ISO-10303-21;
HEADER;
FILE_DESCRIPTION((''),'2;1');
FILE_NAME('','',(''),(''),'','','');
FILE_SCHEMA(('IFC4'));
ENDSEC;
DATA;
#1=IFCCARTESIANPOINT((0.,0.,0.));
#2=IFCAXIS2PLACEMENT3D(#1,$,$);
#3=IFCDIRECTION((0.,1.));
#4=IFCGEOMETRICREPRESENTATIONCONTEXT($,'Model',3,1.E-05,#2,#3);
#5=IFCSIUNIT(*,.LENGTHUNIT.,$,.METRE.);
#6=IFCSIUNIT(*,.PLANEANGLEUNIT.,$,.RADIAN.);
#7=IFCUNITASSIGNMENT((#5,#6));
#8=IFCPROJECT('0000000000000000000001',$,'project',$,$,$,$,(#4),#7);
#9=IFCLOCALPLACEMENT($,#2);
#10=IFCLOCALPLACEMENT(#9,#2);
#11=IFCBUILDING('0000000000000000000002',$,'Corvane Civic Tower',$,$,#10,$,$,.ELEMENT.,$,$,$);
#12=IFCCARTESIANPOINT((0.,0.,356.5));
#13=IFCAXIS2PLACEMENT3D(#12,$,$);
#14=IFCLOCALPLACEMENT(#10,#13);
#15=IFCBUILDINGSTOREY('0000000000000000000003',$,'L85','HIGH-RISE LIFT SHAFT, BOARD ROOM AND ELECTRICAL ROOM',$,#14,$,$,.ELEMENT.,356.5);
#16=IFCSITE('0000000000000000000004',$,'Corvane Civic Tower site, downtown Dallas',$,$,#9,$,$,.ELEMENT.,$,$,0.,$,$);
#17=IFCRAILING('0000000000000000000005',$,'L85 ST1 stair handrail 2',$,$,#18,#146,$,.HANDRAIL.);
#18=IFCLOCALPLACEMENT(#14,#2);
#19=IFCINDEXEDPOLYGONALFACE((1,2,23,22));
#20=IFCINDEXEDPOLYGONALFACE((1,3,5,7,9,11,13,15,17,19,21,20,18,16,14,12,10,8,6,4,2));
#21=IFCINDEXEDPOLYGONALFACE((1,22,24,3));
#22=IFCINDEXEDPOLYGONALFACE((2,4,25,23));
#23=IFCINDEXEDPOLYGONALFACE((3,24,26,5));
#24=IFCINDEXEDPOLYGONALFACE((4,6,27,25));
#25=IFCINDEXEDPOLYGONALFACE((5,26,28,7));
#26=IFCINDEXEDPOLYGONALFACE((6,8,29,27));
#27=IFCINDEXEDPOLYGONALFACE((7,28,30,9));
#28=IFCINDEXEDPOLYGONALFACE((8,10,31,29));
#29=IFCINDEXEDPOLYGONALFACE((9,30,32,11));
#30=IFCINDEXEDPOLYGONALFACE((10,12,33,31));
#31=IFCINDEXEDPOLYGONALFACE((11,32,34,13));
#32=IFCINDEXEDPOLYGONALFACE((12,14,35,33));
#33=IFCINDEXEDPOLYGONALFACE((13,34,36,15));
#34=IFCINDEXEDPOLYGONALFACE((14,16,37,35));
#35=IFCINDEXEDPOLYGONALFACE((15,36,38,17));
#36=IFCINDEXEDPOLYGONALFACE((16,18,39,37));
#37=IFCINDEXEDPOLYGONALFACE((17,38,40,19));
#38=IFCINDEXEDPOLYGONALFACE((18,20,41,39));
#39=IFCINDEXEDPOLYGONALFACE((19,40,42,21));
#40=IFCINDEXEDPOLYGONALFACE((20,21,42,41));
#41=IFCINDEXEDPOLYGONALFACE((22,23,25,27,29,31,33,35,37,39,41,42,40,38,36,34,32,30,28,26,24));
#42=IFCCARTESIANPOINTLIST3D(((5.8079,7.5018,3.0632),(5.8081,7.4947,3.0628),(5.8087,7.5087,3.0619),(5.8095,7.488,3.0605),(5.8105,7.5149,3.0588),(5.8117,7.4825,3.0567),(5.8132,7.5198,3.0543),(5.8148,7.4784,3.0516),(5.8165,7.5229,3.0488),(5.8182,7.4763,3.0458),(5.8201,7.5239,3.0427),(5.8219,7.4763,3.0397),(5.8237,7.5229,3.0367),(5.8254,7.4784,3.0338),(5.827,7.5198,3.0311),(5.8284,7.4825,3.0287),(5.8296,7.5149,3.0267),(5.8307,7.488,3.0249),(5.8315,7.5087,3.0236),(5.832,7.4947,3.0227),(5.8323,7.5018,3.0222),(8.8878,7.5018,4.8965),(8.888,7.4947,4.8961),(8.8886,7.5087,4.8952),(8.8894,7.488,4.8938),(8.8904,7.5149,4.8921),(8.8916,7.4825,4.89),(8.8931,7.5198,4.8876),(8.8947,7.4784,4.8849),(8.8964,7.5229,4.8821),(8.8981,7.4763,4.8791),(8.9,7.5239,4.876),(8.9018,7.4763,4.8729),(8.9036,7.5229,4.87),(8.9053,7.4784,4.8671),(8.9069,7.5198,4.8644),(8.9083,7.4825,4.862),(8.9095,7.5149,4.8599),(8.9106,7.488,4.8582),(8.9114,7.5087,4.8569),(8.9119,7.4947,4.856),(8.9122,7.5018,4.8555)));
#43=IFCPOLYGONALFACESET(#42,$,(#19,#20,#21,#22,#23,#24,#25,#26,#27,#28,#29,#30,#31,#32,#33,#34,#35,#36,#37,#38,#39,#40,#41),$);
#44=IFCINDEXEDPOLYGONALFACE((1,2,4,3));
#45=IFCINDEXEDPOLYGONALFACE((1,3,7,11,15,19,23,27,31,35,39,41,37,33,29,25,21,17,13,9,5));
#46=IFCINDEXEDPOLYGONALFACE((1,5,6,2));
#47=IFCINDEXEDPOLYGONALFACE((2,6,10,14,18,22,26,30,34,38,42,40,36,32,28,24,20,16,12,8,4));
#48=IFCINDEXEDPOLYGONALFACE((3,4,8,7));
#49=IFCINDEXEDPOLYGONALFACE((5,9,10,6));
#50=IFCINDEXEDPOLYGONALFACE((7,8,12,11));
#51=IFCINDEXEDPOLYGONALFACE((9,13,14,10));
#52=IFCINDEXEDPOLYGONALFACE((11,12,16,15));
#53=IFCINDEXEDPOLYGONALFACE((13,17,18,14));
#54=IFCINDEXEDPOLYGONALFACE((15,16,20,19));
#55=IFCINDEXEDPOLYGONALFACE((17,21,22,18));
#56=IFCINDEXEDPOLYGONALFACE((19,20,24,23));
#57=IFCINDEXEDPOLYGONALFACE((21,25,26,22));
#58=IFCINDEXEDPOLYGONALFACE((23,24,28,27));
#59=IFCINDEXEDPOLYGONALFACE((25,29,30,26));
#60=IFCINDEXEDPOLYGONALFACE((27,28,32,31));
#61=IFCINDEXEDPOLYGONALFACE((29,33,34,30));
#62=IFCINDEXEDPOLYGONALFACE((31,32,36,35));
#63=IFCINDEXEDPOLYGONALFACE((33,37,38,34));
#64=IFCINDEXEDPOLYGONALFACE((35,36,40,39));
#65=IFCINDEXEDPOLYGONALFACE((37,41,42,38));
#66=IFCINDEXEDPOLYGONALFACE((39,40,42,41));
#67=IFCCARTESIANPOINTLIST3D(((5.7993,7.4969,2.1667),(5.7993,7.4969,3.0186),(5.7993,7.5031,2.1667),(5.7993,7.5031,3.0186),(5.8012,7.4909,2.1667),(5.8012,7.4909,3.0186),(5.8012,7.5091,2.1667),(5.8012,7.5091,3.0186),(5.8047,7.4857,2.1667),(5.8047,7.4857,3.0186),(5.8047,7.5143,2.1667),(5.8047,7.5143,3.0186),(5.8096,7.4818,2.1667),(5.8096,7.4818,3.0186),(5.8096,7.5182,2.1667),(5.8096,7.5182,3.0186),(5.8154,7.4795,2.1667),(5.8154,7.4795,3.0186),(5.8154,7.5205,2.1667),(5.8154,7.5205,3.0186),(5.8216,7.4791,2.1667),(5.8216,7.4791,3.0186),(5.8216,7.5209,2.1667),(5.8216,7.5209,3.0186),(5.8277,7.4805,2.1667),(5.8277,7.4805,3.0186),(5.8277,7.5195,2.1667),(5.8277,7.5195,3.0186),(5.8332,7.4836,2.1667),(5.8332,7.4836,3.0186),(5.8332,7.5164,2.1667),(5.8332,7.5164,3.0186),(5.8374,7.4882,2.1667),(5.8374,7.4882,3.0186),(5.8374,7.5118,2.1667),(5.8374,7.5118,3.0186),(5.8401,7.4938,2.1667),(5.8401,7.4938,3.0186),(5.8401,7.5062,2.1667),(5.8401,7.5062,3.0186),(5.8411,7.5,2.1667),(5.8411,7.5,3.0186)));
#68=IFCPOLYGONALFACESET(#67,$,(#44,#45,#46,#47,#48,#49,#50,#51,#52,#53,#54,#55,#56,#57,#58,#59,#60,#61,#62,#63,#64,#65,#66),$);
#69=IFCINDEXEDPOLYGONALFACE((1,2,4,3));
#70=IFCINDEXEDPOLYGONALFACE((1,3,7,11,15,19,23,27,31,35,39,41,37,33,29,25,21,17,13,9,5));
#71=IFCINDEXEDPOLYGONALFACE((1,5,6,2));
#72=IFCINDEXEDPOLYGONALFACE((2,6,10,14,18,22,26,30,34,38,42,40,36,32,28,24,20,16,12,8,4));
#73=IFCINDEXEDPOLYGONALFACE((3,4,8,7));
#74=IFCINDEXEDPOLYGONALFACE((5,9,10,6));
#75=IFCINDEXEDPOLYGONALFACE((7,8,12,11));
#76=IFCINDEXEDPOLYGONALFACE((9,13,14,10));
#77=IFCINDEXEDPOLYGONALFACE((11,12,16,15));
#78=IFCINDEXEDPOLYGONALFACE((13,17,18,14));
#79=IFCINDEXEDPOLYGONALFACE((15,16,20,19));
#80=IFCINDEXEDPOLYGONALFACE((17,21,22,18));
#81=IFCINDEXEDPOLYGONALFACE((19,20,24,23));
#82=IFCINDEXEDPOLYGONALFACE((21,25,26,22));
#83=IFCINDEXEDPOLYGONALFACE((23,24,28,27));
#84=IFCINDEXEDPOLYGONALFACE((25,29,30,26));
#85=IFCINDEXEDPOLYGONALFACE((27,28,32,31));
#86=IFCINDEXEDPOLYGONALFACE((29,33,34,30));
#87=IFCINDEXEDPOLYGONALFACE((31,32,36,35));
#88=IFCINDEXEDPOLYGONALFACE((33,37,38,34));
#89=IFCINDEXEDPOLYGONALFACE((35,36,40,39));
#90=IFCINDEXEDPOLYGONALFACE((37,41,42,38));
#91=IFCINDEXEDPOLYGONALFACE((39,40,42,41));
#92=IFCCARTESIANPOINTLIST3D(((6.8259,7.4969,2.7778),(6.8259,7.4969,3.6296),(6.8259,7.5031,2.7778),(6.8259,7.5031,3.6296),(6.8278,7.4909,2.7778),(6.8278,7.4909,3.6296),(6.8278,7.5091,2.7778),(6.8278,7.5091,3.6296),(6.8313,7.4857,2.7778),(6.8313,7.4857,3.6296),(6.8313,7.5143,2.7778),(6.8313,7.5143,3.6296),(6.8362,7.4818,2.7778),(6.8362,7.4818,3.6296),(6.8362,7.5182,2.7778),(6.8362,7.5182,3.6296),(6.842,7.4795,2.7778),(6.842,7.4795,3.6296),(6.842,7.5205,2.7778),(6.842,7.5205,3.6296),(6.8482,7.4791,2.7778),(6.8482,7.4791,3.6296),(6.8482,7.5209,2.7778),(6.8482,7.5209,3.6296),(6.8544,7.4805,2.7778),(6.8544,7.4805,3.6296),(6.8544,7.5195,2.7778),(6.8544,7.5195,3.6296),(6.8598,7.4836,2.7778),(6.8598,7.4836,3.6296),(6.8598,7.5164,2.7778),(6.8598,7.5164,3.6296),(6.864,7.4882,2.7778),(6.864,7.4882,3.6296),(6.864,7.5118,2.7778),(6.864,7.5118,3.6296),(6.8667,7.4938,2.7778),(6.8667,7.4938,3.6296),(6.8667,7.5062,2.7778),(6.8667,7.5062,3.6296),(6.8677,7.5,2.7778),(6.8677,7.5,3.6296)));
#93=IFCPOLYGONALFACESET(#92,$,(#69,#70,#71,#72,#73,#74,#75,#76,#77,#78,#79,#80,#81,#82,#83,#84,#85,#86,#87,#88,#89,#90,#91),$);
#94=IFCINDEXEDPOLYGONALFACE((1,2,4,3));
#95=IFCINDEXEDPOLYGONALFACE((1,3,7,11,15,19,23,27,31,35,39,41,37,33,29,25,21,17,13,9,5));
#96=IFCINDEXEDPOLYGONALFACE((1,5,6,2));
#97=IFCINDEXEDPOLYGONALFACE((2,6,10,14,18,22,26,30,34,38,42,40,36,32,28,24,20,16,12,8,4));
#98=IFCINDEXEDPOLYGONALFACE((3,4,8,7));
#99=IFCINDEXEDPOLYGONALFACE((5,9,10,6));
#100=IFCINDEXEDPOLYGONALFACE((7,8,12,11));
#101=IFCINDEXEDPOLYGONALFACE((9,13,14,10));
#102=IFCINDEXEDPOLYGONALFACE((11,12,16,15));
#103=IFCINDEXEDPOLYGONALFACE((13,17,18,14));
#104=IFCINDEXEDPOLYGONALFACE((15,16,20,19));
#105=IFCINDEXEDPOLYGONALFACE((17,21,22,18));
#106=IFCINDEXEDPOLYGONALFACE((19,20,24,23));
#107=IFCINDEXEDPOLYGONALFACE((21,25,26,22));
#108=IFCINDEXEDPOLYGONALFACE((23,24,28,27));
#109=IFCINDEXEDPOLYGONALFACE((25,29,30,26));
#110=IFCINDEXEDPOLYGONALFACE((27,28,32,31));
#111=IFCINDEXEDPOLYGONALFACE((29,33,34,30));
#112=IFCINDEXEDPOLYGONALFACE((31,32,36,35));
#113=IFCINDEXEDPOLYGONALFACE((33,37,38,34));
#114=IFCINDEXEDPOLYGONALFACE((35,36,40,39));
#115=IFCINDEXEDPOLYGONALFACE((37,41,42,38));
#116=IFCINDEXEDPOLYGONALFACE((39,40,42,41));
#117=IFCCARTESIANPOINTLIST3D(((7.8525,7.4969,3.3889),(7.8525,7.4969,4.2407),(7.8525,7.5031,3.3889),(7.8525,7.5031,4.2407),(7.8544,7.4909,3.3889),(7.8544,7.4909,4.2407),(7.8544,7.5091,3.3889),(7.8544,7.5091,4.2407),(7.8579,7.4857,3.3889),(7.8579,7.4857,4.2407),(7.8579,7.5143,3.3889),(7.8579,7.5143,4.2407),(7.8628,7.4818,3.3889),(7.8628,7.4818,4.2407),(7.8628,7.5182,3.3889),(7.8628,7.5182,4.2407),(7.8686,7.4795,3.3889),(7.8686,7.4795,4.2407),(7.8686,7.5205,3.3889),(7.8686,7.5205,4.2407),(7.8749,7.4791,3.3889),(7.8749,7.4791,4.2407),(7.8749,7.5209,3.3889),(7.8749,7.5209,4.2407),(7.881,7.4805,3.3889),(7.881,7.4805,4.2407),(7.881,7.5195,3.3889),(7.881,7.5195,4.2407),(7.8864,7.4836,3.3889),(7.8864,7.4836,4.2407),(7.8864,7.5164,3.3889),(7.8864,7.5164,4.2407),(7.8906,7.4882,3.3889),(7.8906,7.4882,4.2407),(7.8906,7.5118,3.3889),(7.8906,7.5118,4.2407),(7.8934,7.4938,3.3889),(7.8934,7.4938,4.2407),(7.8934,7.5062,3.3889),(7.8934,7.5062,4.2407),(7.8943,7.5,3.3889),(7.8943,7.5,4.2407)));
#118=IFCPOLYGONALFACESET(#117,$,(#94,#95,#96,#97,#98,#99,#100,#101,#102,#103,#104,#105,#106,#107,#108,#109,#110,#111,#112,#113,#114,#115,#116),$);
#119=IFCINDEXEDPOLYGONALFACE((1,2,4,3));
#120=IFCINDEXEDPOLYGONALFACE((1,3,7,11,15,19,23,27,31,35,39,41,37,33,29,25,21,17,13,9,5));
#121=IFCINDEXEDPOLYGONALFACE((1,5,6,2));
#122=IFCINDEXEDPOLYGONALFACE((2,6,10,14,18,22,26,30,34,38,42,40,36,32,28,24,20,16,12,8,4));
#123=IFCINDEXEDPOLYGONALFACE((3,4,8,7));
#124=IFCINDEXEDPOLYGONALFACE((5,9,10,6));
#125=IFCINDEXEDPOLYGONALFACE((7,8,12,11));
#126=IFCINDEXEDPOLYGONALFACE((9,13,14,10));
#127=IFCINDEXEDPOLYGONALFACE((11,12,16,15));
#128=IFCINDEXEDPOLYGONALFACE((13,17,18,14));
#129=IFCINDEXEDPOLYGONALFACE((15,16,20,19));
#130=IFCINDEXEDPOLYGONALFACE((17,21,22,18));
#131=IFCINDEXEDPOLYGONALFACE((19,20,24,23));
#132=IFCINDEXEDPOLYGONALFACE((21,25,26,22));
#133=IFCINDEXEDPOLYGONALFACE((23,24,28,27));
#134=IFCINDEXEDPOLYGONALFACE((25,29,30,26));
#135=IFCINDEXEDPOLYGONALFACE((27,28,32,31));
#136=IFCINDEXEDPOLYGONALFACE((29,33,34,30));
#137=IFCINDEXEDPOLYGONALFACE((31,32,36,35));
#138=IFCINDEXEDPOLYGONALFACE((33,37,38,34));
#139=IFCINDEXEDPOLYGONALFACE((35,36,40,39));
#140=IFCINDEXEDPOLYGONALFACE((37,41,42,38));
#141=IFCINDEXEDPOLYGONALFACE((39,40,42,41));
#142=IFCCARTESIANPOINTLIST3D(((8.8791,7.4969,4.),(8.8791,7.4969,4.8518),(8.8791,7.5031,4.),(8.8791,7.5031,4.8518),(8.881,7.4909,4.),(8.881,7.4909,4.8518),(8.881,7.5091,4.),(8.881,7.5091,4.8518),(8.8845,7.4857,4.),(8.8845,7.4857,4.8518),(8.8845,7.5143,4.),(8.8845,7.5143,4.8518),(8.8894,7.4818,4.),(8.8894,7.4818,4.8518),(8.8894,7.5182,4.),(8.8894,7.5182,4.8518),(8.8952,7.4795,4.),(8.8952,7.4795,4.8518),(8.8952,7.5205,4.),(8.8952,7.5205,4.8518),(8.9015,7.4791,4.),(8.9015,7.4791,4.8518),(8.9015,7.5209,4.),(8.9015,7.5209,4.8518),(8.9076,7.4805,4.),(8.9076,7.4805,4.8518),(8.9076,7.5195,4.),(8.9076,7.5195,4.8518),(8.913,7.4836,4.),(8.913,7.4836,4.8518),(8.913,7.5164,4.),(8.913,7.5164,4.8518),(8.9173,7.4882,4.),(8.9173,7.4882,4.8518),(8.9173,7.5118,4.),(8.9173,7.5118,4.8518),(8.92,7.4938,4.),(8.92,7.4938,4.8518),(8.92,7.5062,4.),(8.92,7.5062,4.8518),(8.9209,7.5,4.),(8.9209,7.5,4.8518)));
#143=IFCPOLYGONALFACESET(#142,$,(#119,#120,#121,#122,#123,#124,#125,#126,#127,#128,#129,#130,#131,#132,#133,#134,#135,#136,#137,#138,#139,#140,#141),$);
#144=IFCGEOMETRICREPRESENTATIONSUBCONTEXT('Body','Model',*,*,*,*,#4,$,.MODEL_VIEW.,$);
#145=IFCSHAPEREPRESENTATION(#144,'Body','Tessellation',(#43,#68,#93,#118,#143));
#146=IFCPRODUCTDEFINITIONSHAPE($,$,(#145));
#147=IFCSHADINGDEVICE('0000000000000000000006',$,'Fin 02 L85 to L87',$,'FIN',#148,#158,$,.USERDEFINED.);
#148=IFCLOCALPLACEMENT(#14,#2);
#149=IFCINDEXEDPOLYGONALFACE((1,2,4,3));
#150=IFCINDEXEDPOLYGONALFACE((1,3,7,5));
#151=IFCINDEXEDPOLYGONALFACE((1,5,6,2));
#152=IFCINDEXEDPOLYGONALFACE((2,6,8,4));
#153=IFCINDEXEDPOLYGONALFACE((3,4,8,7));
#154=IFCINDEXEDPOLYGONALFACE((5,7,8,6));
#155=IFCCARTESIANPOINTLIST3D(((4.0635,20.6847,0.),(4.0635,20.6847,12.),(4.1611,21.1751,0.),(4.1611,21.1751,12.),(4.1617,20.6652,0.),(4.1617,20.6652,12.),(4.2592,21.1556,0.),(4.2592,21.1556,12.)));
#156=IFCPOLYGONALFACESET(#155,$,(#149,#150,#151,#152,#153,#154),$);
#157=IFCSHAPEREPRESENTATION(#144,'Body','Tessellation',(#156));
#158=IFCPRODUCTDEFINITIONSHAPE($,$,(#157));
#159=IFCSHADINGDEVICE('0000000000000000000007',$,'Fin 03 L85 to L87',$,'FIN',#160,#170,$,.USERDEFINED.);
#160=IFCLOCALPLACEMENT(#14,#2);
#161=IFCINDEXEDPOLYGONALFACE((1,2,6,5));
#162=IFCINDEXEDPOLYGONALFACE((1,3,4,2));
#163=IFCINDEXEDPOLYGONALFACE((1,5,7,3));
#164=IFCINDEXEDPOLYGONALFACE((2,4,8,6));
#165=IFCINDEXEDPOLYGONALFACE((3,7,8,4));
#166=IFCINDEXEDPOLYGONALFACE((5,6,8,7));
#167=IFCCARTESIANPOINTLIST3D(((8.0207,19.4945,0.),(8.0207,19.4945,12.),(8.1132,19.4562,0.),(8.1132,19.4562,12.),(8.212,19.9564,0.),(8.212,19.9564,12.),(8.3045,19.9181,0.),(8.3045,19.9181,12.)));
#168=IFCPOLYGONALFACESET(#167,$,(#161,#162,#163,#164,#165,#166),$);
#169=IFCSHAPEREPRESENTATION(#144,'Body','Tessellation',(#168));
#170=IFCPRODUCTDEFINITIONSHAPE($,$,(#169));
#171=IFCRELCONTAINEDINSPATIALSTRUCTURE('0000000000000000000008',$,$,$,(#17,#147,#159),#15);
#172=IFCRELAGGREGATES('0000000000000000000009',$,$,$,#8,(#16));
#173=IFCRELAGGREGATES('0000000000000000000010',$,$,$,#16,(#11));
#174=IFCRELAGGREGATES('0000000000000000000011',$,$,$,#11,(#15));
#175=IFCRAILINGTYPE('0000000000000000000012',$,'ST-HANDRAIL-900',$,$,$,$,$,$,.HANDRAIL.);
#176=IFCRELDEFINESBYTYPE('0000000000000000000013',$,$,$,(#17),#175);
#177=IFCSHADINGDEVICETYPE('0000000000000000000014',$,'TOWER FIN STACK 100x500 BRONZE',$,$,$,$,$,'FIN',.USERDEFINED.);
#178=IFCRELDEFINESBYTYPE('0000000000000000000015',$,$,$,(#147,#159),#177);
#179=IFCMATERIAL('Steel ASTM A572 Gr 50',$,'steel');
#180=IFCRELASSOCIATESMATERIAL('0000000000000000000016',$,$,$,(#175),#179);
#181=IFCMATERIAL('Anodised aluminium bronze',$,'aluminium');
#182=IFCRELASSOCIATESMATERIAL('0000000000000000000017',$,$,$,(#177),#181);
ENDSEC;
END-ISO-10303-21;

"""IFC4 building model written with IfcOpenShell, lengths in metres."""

from ifc_helpers import new_model, si_unit, direction, frame, origin, origin_2d, place, context, subcontext, project, spatial, rectangle, circle, extrude, material, material_profile, profile_set, type_object, element, save


model = new_model("IFC4")

# Units and contexts
model_context = context("Model", 3, precision=1e-05, world=origin(), true_north=direction((0.0, 1.0)))
body_context = subcontext(model_context, "Body", "Model", "MODEL_VIEW")
ifc_project = project(units=[si_unit("LENGTHUNIT", "METRE"), si_unit("PLANEANGLEUNIT", "RADIAN")], contexts=[model_context])

# Site, building, storey
site_placement = place(None, origin())
site = spatial("IfcSite", under=ifc_project, at=site_placement, Name="Corvane Civic Tower site, downtown Dallas", CompositionType="ELEMENT", RefElevation=0.0)
building_placement = place(site_placement, origin())
building = spatial("IfcBuilding", under=site, at=building_placement, Name="Corvane Civic Tower", CompositionType="ELEMENT")
storey_placement = place(building_placement, frame((0.0, 0.0, 356.5)))
storey = spatial("IfcBuildingStorey", under=building, at=storey_placement, Name="L85", Description="HIGH-RISE LIFT SHAFT, BOARD ROOM AND ELECTRICAL ROOM", CompositionType="ELEMENT", Elevation=356.5)

# Railing
ifc_material_1 = material(Name="Steel ASTM A572 Gr 50", Category="steel")
railing_type_1 = type_object("IfcRailingType", Name="ST-HANDRAIL-900", PredefinedType="HANDRAIL", material=ifc_material_1)
railing_1_placement = place(storey_placement, frame((5.8201, 7.5, 2.1667)))
element("IfcRailing", 1, at=railing_1_placement, inside=storey, type_object=railing_type_1, Name="L85 ST1 stair handrail 2", PredefinedType="HANDRAIL", context=body_context, shape_type="SweptSolid", body=[
    extrude(circle(Radius=0.0239, at=origin_2d()), frame((0.0, 0.0, 0.876), z_axis=(0.859291, 0.0, 0.511487), x_axis=(0.0, 1.0, 0.0)), (0.0, 0.0, 1.0), 3.5842),
    extrude(circle(Radius=0.021, at=origin_2d()), origin(), (0.0, 0.0, 1.0), 0.8518),
    extrude(circle(Radius=0.021, at=origin_2d()), frame((1.0266, 0.0, 0.6111)), (0.0, 0.0, 1.0), 0.8518),
    extrude(circle(Radius=0.021, at=origin_2d()), frame((2.0532, 0.0, 1.2222)), (0.0, 0.0, 1.0), 0.8518),
    extrude(circle(Radius=0.021, at=origin_2d()), frame((3.0798, 0.0, 1.8333)), (0.0, 0.0, 1.0), 0.8518),
])

# Shading devices
ifc_material_2 = material(Name="Anodised aluminium bronze", Category="aluminium")
ifc_material_profile_1 = material_profile(ifc_material_2, rectangle(XDim=0.1001, YDim=0.5, at=origin_2d()), Name="TOWER FIN STACK 100x500 BRONZE")
ifc_profile_set_1 = profile_set([ifc_material_profile_1], Name="Anodised aluminium bronze")
shading_device_type = type_object("IfcShadingDeviceType", Name="TOWER FIN STACK 100x500 BRONZE", ElementType="FIN", PredefinedType="USERDEFINED", material=ifc_profile_set_1)
for number, where, z_axis, x_axis, name in (
    (2, (4.1614, 20.9202, 0.0), (0.0, 0.0, 1.0), (0.980785, -0.19509, 0.0), "Fin 02 L85 to L87"),
    (3, (8.1626, 19.7063, 0.0), (0.0, 0.0, 1.0), (0.92388, -0.382683, 0.0), "Fin 03 L85 to L87"),
):
    element("IfcShadingDevice", number, at=place(storey_placement, frame(where, z_axis=z_axis, x_axis=x_axis)), inside=storey, type_object=shading_device_type, Name=name, ObjectType="FIN", PredefinedType="USERDEFINED", context=body_context, shape_type="SweptSolid", body=[
        extrude(rectangle(XDim=0.1001, YDim=0.5, at=origin_2d()), origin(), (0.0, 0.0, 1.0), 12.0),
    ])

save(model, "model.ifc")
